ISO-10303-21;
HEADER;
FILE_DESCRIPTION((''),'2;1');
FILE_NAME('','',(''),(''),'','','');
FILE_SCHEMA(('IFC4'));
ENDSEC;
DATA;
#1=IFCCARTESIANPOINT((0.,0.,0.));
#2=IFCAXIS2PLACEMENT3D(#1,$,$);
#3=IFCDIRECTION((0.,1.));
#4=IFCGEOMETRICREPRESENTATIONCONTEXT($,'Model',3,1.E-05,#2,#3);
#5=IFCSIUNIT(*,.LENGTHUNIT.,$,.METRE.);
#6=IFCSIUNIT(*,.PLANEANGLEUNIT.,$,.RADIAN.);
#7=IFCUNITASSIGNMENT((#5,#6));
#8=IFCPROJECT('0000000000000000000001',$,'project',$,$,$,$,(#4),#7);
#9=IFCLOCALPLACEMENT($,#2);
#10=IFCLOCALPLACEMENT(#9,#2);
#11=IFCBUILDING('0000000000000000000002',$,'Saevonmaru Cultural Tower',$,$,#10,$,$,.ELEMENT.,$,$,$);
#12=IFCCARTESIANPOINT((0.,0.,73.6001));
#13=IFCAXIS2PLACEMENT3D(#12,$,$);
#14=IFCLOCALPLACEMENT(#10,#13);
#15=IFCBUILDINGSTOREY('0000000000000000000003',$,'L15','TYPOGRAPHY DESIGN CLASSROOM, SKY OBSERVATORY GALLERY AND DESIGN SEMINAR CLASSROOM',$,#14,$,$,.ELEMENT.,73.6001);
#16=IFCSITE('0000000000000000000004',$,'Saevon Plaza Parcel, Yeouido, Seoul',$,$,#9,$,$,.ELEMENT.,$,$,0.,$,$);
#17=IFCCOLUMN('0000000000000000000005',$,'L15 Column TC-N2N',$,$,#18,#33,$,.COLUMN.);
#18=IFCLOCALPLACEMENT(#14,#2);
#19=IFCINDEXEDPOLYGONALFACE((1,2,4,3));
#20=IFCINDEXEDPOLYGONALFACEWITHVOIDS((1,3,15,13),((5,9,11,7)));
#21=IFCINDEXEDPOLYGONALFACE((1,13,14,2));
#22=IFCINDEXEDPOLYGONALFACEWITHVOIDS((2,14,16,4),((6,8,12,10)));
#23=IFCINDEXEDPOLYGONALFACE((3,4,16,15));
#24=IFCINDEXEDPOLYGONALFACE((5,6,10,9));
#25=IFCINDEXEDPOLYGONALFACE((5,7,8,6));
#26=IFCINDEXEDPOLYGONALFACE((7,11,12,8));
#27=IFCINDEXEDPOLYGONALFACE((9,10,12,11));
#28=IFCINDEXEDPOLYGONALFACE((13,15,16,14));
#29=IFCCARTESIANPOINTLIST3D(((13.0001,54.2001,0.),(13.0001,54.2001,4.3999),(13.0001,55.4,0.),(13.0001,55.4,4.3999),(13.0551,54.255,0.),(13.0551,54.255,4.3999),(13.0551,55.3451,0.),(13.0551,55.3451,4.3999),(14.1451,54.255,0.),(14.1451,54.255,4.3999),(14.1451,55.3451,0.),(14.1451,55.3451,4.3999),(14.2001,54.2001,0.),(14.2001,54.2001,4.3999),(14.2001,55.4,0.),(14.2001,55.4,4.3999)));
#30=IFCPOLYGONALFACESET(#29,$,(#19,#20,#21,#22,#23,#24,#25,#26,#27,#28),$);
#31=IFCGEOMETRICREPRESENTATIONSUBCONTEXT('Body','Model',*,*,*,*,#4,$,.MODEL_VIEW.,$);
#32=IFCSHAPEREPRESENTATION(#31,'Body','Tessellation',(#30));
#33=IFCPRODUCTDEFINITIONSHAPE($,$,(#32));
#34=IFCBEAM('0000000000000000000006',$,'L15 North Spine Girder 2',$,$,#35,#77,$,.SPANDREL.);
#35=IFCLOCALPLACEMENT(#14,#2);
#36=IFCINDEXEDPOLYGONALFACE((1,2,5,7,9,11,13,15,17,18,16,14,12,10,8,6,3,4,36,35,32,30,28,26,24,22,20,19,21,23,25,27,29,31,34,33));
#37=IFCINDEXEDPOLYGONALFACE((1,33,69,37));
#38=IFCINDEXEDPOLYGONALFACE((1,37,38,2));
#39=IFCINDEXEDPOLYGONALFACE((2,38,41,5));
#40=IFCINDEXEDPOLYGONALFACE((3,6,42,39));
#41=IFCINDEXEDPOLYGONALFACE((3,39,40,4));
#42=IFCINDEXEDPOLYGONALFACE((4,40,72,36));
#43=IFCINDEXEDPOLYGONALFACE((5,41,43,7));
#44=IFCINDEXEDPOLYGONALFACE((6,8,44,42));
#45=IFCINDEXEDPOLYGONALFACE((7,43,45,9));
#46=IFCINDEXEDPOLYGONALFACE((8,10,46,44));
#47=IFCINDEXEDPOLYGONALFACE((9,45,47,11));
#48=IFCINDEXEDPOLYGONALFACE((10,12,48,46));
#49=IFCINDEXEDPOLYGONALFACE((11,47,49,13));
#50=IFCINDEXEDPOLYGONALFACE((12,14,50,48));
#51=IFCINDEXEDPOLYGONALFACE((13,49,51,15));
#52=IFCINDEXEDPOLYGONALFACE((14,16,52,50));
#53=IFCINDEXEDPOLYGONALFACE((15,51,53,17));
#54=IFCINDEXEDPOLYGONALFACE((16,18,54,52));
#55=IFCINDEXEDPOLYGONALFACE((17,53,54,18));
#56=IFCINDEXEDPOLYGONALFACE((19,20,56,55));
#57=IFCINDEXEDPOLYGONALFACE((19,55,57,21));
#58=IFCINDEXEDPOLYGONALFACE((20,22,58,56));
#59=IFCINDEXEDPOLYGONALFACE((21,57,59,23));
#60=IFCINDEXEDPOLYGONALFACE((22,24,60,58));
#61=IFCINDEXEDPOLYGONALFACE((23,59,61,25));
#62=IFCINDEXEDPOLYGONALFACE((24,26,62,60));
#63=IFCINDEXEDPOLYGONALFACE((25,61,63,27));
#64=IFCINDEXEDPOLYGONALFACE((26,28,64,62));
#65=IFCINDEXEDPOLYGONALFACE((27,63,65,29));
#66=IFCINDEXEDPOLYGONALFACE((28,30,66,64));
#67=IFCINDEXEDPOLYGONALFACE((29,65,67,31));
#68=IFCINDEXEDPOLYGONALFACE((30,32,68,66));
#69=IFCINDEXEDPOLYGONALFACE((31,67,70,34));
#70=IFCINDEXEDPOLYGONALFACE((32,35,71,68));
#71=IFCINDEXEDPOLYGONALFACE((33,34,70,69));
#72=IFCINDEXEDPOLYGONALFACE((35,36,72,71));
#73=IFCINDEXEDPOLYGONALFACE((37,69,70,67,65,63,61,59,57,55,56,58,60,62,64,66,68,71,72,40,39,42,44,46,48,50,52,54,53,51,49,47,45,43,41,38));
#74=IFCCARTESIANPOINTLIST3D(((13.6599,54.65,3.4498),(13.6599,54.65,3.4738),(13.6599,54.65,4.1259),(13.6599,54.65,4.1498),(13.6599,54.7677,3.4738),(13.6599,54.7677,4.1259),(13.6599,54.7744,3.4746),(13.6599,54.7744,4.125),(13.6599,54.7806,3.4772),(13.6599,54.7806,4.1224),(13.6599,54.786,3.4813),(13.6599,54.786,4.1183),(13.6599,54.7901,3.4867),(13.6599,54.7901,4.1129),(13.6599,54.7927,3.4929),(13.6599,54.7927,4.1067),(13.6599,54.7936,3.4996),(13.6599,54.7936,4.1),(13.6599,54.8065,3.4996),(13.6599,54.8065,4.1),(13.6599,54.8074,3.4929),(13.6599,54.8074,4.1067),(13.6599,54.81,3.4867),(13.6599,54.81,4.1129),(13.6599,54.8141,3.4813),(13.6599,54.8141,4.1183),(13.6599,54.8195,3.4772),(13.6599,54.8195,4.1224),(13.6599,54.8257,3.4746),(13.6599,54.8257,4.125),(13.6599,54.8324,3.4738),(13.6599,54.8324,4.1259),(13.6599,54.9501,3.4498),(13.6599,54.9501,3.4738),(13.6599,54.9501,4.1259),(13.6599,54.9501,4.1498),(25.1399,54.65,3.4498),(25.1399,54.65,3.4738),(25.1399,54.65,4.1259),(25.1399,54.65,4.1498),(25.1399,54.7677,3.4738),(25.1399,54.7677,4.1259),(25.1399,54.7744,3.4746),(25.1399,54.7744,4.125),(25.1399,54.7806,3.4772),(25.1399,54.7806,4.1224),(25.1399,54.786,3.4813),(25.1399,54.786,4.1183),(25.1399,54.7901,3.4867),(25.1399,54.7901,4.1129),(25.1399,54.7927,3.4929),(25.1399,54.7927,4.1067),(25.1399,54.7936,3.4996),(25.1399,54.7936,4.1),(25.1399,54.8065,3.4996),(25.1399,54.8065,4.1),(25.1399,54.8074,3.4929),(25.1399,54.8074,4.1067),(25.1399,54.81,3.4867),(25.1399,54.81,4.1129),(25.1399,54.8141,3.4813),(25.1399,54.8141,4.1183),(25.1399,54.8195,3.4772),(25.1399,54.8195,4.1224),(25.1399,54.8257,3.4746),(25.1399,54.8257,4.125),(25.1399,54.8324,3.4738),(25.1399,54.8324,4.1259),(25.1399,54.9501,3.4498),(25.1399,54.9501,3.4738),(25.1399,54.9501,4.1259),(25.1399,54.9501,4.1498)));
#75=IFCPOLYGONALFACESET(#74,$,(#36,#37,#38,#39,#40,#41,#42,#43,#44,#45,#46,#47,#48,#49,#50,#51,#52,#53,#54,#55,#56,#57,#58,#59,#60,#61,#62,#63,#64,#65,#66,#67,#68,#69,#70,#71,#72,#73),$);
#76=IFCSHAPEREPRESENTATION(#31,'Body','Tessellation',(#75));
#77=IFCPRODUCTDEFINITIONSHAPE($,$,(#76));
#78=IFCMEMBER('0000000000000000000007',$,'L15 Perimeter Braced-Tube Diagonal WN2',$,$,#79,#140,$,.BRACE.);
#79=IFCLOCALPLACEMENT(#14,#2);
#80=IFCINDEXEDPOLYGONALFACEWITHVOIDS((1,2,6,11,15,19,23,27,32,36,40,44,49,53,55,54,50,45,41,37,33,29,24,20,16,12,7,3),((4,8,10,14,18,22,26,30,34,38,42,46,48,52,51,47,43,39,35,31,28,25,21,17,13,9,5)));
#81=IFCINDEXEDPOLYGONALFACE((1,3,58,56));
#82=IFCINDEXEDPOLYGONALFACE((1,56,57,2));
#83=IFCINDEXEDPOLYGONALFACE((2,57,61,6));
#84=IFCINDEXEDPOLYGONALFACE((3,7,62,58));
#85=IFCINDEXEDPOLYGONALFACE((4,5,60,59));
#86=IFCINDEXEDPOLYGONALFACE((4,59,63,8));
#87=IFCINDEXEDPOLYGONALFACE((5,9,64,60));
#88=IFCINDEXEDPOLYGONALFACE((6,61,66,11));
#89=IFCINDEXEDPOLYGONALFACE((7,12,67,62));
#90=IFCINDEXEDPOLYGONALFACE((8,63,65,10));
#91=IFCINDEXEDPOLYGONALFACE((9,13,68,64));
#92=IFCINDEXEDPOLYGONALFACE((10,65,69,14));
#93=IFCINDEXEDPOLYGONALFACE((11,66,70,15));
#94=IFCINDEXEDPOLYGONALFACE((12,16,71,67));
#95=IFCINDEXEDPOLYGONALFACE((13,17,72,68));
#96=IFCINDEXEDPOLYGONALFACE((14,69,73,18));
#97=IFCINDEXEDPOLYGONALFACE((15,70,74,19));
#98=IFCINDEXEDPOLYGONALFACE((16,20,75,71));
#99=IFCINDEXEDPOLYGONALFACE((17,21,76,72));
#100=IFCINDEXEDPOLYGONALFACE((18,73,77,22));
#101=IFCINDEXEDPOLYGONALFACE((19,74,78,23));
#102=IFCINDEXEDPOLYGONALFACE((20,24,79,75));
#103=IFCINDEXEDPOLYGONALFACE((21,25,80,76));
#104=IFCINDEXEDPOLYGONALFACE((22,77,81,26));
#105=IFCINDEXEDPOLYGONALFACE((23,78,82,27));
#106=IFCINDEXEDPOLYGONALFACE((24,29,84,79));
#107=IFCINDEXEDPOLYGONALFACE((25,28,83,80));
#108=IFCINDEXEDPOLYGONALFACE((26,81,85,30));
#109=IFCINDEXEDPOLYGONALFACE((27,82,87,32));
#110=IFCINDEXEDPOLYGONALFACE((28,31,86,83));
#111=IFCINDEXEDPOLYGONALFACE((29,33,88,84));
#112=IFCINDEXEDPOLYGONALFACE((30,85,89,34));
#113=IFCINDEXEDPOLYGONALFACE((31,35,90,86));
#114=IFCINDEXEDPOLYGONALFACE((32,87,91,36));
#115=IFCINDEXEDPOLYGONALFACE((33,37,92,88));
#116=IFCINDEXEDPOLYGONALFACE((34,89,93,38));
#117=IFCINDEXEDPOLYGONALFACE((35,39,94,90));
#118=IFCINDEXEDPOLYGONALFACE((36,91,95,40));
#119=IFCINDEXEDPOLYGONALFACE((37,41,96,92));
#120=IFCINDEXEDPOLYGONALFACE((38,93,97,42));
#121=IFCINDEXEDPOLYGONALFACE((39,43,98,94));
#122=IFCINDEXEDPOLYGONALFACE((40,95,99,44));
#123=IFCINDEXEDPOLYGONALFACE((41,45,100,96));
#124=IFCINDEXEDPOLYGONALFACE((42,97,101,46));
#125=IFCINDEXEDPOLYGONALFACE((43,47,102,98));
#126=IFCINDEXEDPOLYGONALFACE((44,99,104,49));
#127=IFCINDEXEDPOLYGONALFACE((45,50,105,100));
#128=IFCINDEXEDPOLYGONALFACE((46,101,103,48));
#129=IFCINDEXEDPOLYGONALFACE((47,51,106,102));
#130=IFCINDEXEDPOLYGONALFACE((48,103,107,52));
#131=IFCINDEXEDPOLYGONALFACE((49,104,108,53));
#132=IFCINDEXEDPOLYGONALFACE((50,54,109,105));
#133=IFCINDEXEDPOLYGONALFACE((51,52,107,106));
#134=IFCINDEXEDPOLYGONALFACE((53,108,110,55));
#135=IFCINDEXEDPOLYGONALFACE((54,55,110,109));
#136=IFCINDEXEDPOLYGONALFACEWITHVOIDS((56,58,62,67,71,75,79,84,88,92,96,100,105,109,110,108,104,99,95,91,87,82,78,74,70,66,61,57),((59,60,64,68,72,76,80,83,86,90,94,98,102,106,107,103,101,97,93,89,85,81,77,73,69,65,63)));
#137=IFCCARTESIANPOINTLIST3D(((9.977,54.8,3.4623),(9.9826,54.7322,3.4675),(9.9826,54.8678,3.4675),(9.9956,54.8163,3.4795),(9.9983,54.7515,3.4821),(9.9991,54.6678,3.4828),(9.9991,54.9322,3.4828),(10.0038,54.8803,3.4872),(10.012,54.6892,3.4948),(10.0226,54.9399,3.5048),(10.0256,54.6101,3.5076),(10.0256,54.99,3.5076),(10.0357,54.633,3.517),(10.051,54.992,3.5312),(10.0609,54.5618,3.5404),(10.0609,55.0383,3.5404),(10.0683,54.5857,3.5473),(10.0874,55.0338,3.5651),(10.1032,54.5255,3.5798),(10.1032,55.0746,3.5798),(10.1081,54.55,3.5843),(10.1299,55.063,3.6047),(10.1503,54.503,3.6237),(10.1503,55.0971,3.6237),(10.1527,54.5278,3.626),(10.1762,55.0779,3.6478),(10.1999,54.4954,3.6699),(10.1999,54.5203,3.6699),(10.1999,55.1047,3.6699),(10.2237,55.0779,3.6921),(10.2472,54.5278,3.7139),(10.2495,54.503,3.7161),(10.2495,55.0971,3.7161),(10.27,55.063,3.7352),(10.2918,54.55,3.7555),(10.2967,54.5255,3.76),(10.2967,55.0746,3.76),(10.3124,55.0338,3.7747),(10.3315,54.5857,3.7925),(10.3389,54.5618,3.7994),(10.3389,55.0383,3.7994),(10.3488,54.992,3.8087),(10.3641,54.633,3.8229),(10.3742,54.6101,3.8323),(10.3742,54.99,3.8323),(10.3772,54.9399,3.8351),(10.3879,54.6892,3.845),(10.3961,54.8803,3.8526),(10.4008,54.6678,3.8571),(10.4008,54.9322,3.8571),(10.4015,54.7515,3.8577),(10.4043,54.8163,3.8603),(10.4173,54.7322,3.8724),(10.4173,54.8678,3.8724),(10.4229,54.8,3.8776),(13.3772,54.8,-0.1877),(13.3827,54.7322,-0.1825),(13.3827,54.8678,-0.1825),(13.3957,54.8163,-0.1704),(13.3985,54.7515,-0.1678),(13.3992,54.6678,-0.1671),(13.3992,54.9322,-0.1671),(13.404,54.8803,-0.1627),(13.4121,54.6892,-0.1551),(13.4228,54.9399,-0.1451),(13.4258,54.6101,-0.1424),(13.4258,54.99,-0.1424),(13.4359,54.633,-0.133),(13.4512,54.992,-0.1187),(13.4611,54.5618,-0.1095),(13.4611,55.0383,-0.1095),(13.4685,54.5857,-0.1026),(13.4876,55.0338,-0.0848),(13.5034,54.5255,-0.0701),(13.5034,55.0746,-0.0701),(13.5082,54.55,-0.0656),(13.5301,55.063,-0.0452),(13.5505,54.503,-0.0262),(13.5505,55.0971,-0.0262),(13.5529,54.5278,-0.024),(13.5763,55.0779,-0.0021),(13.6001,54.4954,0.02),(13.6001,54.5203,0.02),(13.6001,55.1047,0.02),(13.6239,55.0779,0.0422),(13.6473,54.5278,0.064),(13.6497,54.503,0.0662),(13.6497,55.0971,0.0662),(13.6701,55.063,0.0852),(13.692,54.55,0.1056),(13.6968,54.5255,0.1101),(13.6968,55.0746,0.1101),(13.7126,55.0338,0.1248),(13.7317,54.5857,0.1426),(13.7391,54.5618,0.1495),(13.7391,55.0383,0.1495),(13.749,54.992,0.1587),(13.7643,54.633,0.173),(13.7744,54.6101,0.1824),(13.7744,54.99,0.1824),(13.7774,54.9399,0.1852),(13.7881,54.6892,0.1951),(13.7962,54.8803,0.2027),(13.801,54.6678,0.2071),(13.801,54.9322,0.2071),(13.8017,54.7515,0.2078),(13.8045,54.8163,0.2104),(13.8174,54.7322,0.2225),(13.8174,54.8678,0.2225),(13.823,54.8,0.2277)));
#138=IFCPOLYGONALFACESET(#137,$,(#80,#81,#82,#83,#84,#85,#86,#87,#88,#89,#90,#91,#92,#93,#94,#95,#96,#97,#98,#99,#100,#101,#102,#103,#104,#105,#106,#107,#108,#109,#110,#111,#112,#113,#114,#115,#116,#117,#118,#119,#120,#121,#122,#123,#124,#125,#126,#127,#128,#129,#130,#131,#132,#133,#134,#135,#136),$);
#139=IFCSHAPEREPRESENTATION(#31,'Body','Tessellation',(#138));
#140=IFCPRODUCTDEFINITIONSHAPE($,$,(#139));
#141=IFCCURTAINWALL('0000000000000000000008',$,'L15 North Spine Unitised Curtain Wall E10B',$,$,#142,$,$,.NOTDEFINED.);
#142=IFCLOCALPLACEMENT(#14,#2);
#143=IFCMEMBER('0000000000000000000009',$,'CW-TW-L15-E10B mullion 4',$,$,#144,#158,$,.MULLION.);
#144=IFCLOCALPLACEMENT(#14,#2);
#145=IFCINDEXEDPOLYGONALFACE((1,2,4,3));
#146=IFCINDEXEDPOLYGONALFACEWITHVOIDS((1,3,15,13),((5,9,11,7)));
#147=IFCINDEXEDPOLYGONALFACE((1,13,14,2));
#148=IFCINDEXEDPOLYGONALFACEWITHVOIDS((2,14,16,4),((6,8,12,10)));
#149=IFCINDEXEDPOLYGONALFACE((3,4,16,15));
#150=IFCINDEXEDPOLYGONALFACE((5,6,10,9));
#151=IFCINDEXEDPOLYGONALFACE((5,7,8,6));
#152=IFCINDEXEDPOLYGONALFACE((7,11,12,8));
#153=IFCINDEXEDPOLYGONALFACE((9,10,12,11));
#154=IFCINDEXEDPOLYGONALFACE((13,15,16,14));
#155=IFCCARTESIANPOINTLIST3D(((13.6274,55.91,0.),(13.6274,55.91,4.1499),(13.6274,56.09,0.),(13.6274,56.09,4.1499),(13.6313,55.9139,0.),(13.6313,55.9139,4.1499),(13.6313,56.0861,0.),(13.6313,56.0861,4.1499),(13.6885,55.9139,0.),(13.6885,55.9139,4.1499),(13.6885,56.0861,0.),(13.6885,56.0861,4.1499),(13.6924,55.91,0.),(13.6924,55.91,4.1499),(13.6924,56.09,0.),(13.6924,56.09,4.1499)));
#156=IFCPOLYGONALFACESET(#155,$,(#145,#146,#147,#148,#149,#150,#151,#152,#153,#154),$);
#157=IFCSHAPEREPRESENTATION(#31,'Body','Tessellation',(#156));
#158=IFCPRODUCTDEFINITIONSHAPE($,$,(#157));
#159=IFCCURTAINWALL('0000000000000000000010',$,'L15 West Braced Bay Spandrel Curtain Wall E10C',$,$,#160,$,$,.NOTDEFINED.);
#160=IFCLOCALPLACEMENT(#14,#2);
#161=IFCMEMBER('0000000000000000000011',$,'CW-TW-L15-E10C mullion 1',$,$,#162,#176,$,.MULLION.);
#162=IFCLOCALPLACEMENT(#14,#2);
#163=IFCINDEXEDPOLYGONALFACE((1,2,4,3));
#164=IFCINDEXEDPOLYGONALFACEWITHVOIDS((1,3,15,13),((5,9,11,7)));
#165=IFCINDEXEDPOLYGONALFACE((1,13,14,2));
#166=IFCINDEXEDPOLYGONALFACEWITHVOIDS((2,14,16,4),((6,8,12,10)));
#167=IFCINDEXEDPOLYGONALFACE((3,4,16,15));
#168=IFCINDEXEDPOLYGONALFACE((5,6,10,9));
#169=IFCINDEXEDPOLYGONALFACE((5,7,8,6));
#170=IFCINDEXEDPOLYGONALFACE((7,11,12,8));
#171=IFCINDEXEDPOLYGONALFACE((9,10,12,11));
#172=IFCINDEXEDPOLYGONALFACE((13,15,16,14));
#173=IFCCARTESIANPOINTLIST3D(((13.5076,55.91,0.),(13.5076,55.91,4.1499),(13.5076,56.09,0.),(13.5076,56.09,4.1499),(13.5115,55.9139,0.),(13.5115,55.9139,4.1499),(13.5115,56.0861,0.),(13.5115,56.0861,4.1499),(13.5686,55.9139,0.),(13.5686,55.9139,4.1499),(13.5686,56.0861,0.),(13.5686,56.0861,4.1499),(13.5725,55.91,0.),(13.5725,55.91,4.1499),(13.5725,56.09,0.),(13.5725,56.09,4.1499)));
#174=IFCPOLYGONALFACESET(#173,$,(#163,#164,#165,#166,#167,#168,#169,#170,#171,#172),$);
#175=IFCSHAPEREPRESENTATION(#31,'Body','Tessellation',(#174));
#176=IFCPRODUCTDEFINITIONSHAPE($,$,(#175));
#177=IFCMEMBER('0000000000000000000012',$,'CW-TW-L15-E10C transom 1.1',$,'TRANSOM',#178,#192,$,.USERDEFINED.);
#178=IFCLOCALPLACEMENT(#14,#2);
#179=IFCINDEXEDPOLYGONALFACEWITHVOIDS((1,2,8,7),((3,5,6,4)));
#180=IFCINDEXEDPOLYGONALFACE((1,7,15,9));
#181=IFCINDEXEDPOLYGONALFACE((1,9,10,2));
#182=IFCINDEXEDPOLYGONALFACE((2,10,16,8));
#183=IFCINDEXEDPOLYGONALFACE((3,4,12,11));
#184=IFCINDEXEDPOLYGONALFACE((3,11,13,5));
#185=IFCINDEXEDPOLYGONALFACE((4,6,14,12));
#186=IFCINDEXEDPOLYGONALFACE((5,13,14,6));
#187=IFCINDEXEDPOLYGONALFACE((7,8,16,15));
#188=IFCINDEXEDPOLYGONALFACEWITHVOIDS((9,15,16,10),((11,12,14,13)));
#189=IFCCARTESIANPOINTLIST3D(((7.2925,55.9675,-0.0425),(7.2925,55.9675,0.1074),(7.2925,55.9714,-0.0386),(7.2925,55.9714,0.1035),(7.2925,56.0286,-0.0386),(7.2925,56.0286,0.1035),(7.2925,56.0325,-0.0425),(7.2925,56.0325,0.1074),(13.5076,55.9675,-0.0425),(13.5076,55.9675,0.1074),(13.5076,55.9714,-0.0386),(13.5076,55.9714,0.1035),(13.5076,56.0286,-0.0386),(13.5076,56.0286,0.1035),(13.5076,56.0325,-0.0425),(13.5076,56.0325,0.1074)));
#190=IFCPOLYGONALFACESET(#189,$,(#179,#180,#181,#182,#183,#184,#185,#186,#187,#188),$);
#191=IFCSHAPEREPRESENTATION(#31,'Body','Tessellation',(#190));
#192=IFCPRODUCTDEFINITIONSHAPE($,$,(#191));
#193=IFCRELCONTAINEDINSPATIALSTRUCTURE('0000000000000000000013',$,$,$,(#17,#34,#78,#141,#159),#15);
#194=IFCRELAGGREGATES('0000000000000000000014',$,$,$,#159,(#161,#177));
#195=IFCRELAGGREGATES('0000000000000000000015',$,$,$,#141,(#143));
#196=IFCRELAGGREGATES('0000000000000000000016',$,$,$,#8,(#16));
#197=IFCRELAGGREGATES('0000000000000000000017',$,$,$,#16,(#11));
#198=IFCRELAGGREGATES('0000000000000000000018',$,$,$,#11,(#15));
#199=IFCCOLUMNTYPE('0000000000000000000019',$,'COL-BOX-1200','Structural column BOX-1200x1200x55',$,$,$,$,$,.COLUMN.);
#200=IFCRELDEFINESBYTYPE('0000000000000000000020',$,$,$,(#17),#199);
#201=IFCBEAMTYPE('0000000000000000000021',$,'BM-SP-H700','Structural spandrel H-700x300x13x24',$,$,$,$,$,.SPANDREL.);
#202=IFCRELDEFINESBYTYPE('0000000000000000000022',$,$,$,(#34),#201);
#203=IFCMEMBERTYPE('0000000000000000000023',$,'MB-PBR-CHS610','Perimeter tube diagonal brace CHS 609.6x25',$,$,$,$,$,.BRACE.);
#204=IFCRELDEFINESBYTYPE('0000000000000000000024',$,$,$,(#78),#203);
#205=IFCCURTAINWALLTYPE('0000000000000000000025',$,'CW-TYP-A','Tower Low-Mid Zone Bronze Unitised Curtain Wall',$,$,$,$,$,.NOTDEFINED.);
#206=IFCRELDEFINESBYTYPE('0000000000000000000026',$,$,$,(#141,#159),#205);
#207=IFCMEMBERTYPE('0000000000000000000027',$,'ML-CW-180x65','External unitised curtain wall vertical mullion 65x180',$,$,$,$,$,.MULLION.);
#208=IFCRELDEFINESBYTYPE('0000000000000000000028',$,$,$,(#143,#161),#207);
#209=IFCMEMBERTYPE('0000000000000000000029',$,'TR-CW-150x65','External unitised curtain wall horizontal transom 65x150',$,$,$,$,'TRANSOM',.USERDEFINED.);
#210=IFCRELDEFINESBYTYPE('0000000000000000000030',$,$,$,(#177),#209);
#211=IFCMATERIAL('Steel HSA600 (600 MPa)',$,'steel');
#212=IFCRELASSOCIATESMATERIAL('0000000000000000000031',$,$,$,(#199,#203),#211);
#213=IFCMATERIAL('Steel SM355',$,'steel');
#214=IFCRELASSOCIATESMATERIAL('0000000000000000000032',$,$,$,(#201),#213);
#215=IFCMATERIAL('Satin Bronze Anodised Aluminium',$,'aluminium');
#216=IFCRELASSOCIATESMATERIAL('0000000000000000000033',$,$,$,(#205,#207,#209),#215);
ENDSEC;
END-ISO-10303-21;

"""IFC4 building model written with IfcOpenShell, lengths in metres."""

from ifc_helpers import new_model, si_unit, direction, frame, origin, origin_2d, place, context, subcontext, project, spatial, hollow_rectangle, hollow_circle, i_section, extrude, material, material_profile, profile_set, type_object, element, aggregate, save


model = new_model("IFC4")

# Units and contexts
model_context = context("Model", 3, precision=1e-05, world=origin(), true_north=direction((0.0, 1.0)))
body_context = subcontext(model_context, "Body", "Model", "MODEL_VIEW")
ifc_project = project(units=[si_unit("LENGTHUNIT", "METRE"), si_unit("PLANEANGLEUNIT", "RADIAN")], contexts=[model_context])

# Site, building, storey
site_placement = place(None, origin())
site = spatial("IfcSite", under=ifc_project, at=site_placement, Name="Saevon Plaza Parcel, Yeouido, Seoul", CompositionType="ELEMENT", RefElevation=0.0)
building_placement = place(site_placement, origin())
building = spatial("IfcBuilding", under=site, at=building_placement, Name="Saevonmaru Cultural Tower", CompositionType="ELEMENT")
storey_placement = place(building_placement, frame((0.0, 0.0, 73.6001)))
storey = spatial("IfcBuildingStorey", under=building, at=storey_placement, Name="L15", Description="TYPOGRAPHY DESIGN CLASSROOM, SKY OBSERVATORY GALLERY AND DESIGN SEMINAR CLASSROOM", CompositionType="ELEMENT", Elevation=73.6001)

# Column
ifc_material_1 = material(Name="Steel HSA600 (600 MPa)", Category="steel")
ifc_material_profile_1 = material_profile(ifc_material_1, hollow_rectangle(XDim=1.2, YDim=1.2, WallThickness=0.0549, at=origin_2d()), Name="BOX-1200x1200x55")
ifc_profile_set_1 = profile_set([ifc_material_profile_1], Name="Steel HSA600 (600 MPa)")
column_type = type_object("IfcColumnType", Name="COL-BOX-1200", Description="Structural column BOX-1200x1200x55", PredefinedType="COLUMN", material=ifc_profile_set_1)
column_placement = place(storey_placement, frame((13.6001, 54.8, 0.0), z_axis=(0.0, 0.0, 1.0), x_axis=(1.0, 0.0, 0.0)))
element("IfcColumn", 1, at=column_placement, inside=storey, type_object=column_type, Name="L15 Column TC-N2N", PredefinedType="COLUMN", context=body_context, shape_type="SweptSolid", body=[
    extrude(hollow_rectangle(XDim=1.2, YDim=1.2, WallThickness=0.0549, at=origin_2d()), origin(), (0.0, 0.0, 1.0), 4.3999),
])

# Beam
ifc_material_2 = material(Name="Steel SM355", Category="steel")
ifc_material_profile_2 = material_profile(ifc_material_2, i_section(OverallWidth=0.3, OverallDepth=0.7, WebThickness=0.0129, FlangeThickness=0.0239, FilletRadius=0.0259, at=origin_2d()), Name="H-700x300x13x24")
ifc_profile_set_2 = profile_set([ifc_material_profile_2], Name="Steel SM355")
beam_type = type_object("IfcBeamType", Name="BM-SP-H700", Description="Structural spandrel H-700x300x13x24", PredefinedType="SPANDREL", material=ifc_profile_set_2)
beam_placement = place(storey_placement, frame((13.6599, 54.8, 3.7998), z_axis=(1.0, 0.0, 0.0), x_axis=(0.0, 1.0, 0.0)))
element("IfcBeam", 2, at=beam_placement, inside=storey, type_object=beam_type, Name="L15 North Spine Girder 2", PredefinedType="SPANDREL", context=body_context, shape_type="SweptSolid", body=[
    extrude(i_section(OverallWidth=0.3, OverallDepth=0.7, WebThickness=0.0129, FlangeThickness=0.0239, FilletRadius=0.0259, at=origin_2d()), origin(), (0.0, 0.0, 1.0), 11.48),
])

# Member
ifc_material_profile_3 = material_profile(ifc_material_1, hollow_circle(Radius=0.3047, WallThickness=0.0249, at=origin_2d()), Name="CHS-609.6x25")
ifc_profile_set_3 = profile_set([ifc_material_profile_3], Name="Steel HSA600 (600 MPa)")
member_type_1 = type_object("IfcMemberType", Name="MB-PBR-CHS610", Description="Perimeter tube diagonal brace CHS 609.6x25", PredefinedType="BRACE", material=ifc_profile_set_3)
member_1_placement = place(storey_placement, frame((13.6001, 54.8, 0.02), z_axis=(-0.681629, 0.0, 0.731698), x_axis=(0.0, -1.0, 0.0)))
element("IfcMember", 3, at=member_1_placement, inside=storey, type_object=member_type_1, Name="L15 Perimeter Braced-Tube Diagonal WN2", PredefinedType="BRACE", context=body_context, shape_type="SweptSolid", body=[
    extrude(hollow_circle(Radius=0.3047, WallThickness=0.0249, at=origin_2d()), origin(), (0.0, 0.0, 1.0), 4.9883),
])

# Curtain wall, member
ifc_material_3 = material(Name="Satin Bronze Anodised Aluminium", Category="aluminium")
curtain_wall_type = type_object("IfcCurtainWallType", Name="CW-TYP-A", Description="Tower Low-Mid Zone Bronze Unitised Curtain Wall", PredefinedType="NOTDEFINED", material=ifc_material_3)
curtain_wall_1_placement = place(storey_placement, origin())
curtain_wall_1 = element("IfcCurtainWall", 4, at=curtain_wall_1_placement, inside=storey, type_object=curtain_wall_type, Name="L15 North Spine Unitised Curtain Wall E10B", PredefinedType="NOTDEFINED")
ifc_material_profile_4 = material_profile(ifc_material_3, hollow_rectangle(XDim=0.0649, YDim=0.1799, WallThickness=0.0039, at=origin_2d()), Name="ALU-MULL-180x65x4")
ifc_profile_set_4 = profile_set([ifc_material_profile_4], Name="Satin Bronze Anodised Aluminium")
member_type_2 = type_object("IfcMemberType", Name="ML-CW-180x65", Description="External unitised curtain wall vertical mullion 65x180", PredefinedType="MULLION", material=ifc_profile_set_4)
member_2_placement = place(storey_placement, frame((13.6599, 56.0, 0.0), z_axis=(0.0, 0.0, 1.0), x_axis=(-1.0, 0.0, 0.0)))
member_2 = element("IfcMember", 5, at=member_2_placement, type_object=member_type_2, Name="CW-TW-L15-E10B mullion 4", PredefinedType="MULLION", context=body_context, shape_type="SweptSolid", body=[
    extrude(hollow_rectangle(XDim=0.0649, YDim=0.1799, WallThickness=0.0039, at=origin_2d()), origin(), (0.0, 0.0, 1.0), 4.1499),
])

# Curtain wall, members
curtain_wall_2_placement = place(storey_placement, origin())
curtain_wall_2 = element("IfcCurtainWall", 6, at=curtain_wall_2_placement, inside=storey, type_object=curtain_wall_type, Name="L15 West Braced Bay Spandrel Curtain Wall E10C", PredefinedType="NOTDEFINED")
member_3_placement = place(storey_placement, frame((13.54, 56.0, 0.0), z_axis=(0.0, 0.0, 1.0), x_axis=(-1.0, 0.0, 0.0)))
member_3 = element("IfcMember", 7, at=member_3_placement, type_object=member_type_2, Name="CW-TW-L15-E10C mullion 1", PredefinedType="MULLION", context=body_context, shape_type="SweptSolid", body=[
    extrude(hollow_rectangle(XDim=0.0649, YDim=0.1799, WallThickness=0.0039, at=origin_2d()), origin(), (0.0, 0.0, 1.0), 4.1499),
])
ifc_material_profile_5 = material_profile(ifc_material_3, hollow_rectangle(XDim=0.0649, YDim=0.1499, WallThickness=0.0039, at=origin_2d()), Name="ALU-TRAN-150x65x4")
ifc_profile_set_5 = profile_set([ifc_material_profile_5], Name="Satin Bronze Anodised Aluminium")
member_type_3 = type_object("IfcMemberType", Name="TR-CW-150x65", Description="External unitised curtain wall horizontal transom 65x150", ElementType="TRANSOM", PredefinedType="USERDEFINED", material=ifc_profile_set_5)
member_4_placement = place(storey_placement, frame((13.5076, 56.0, 0.0325), z_axis=(-1.0, 0.0, 0.0), x_axis=(0.0, -1.0, 0.0)))
member_4 = element("IfcMember", 8, at=member_4_placement, type_object=member_type_3, Name="CW-TW-L15-E10C transom 1.1", ObjectType="TRANSOM", PredefinedType="USERDEFINED", context=body_context, shape_type="SweptSolid", body=[
    extrude(hollow_rectangle(XDim=0.0649, YDim=0.1499, WallThickness=0.0039, at=origin_2d()), origin(), (0.0, 0.0, 1.0), 6.2151),
])
aggregate(curtain_wall_2, [member_3, member_4])

aggregate(curtain_wall_1, [member_2])

save(model, "model.ifc")
